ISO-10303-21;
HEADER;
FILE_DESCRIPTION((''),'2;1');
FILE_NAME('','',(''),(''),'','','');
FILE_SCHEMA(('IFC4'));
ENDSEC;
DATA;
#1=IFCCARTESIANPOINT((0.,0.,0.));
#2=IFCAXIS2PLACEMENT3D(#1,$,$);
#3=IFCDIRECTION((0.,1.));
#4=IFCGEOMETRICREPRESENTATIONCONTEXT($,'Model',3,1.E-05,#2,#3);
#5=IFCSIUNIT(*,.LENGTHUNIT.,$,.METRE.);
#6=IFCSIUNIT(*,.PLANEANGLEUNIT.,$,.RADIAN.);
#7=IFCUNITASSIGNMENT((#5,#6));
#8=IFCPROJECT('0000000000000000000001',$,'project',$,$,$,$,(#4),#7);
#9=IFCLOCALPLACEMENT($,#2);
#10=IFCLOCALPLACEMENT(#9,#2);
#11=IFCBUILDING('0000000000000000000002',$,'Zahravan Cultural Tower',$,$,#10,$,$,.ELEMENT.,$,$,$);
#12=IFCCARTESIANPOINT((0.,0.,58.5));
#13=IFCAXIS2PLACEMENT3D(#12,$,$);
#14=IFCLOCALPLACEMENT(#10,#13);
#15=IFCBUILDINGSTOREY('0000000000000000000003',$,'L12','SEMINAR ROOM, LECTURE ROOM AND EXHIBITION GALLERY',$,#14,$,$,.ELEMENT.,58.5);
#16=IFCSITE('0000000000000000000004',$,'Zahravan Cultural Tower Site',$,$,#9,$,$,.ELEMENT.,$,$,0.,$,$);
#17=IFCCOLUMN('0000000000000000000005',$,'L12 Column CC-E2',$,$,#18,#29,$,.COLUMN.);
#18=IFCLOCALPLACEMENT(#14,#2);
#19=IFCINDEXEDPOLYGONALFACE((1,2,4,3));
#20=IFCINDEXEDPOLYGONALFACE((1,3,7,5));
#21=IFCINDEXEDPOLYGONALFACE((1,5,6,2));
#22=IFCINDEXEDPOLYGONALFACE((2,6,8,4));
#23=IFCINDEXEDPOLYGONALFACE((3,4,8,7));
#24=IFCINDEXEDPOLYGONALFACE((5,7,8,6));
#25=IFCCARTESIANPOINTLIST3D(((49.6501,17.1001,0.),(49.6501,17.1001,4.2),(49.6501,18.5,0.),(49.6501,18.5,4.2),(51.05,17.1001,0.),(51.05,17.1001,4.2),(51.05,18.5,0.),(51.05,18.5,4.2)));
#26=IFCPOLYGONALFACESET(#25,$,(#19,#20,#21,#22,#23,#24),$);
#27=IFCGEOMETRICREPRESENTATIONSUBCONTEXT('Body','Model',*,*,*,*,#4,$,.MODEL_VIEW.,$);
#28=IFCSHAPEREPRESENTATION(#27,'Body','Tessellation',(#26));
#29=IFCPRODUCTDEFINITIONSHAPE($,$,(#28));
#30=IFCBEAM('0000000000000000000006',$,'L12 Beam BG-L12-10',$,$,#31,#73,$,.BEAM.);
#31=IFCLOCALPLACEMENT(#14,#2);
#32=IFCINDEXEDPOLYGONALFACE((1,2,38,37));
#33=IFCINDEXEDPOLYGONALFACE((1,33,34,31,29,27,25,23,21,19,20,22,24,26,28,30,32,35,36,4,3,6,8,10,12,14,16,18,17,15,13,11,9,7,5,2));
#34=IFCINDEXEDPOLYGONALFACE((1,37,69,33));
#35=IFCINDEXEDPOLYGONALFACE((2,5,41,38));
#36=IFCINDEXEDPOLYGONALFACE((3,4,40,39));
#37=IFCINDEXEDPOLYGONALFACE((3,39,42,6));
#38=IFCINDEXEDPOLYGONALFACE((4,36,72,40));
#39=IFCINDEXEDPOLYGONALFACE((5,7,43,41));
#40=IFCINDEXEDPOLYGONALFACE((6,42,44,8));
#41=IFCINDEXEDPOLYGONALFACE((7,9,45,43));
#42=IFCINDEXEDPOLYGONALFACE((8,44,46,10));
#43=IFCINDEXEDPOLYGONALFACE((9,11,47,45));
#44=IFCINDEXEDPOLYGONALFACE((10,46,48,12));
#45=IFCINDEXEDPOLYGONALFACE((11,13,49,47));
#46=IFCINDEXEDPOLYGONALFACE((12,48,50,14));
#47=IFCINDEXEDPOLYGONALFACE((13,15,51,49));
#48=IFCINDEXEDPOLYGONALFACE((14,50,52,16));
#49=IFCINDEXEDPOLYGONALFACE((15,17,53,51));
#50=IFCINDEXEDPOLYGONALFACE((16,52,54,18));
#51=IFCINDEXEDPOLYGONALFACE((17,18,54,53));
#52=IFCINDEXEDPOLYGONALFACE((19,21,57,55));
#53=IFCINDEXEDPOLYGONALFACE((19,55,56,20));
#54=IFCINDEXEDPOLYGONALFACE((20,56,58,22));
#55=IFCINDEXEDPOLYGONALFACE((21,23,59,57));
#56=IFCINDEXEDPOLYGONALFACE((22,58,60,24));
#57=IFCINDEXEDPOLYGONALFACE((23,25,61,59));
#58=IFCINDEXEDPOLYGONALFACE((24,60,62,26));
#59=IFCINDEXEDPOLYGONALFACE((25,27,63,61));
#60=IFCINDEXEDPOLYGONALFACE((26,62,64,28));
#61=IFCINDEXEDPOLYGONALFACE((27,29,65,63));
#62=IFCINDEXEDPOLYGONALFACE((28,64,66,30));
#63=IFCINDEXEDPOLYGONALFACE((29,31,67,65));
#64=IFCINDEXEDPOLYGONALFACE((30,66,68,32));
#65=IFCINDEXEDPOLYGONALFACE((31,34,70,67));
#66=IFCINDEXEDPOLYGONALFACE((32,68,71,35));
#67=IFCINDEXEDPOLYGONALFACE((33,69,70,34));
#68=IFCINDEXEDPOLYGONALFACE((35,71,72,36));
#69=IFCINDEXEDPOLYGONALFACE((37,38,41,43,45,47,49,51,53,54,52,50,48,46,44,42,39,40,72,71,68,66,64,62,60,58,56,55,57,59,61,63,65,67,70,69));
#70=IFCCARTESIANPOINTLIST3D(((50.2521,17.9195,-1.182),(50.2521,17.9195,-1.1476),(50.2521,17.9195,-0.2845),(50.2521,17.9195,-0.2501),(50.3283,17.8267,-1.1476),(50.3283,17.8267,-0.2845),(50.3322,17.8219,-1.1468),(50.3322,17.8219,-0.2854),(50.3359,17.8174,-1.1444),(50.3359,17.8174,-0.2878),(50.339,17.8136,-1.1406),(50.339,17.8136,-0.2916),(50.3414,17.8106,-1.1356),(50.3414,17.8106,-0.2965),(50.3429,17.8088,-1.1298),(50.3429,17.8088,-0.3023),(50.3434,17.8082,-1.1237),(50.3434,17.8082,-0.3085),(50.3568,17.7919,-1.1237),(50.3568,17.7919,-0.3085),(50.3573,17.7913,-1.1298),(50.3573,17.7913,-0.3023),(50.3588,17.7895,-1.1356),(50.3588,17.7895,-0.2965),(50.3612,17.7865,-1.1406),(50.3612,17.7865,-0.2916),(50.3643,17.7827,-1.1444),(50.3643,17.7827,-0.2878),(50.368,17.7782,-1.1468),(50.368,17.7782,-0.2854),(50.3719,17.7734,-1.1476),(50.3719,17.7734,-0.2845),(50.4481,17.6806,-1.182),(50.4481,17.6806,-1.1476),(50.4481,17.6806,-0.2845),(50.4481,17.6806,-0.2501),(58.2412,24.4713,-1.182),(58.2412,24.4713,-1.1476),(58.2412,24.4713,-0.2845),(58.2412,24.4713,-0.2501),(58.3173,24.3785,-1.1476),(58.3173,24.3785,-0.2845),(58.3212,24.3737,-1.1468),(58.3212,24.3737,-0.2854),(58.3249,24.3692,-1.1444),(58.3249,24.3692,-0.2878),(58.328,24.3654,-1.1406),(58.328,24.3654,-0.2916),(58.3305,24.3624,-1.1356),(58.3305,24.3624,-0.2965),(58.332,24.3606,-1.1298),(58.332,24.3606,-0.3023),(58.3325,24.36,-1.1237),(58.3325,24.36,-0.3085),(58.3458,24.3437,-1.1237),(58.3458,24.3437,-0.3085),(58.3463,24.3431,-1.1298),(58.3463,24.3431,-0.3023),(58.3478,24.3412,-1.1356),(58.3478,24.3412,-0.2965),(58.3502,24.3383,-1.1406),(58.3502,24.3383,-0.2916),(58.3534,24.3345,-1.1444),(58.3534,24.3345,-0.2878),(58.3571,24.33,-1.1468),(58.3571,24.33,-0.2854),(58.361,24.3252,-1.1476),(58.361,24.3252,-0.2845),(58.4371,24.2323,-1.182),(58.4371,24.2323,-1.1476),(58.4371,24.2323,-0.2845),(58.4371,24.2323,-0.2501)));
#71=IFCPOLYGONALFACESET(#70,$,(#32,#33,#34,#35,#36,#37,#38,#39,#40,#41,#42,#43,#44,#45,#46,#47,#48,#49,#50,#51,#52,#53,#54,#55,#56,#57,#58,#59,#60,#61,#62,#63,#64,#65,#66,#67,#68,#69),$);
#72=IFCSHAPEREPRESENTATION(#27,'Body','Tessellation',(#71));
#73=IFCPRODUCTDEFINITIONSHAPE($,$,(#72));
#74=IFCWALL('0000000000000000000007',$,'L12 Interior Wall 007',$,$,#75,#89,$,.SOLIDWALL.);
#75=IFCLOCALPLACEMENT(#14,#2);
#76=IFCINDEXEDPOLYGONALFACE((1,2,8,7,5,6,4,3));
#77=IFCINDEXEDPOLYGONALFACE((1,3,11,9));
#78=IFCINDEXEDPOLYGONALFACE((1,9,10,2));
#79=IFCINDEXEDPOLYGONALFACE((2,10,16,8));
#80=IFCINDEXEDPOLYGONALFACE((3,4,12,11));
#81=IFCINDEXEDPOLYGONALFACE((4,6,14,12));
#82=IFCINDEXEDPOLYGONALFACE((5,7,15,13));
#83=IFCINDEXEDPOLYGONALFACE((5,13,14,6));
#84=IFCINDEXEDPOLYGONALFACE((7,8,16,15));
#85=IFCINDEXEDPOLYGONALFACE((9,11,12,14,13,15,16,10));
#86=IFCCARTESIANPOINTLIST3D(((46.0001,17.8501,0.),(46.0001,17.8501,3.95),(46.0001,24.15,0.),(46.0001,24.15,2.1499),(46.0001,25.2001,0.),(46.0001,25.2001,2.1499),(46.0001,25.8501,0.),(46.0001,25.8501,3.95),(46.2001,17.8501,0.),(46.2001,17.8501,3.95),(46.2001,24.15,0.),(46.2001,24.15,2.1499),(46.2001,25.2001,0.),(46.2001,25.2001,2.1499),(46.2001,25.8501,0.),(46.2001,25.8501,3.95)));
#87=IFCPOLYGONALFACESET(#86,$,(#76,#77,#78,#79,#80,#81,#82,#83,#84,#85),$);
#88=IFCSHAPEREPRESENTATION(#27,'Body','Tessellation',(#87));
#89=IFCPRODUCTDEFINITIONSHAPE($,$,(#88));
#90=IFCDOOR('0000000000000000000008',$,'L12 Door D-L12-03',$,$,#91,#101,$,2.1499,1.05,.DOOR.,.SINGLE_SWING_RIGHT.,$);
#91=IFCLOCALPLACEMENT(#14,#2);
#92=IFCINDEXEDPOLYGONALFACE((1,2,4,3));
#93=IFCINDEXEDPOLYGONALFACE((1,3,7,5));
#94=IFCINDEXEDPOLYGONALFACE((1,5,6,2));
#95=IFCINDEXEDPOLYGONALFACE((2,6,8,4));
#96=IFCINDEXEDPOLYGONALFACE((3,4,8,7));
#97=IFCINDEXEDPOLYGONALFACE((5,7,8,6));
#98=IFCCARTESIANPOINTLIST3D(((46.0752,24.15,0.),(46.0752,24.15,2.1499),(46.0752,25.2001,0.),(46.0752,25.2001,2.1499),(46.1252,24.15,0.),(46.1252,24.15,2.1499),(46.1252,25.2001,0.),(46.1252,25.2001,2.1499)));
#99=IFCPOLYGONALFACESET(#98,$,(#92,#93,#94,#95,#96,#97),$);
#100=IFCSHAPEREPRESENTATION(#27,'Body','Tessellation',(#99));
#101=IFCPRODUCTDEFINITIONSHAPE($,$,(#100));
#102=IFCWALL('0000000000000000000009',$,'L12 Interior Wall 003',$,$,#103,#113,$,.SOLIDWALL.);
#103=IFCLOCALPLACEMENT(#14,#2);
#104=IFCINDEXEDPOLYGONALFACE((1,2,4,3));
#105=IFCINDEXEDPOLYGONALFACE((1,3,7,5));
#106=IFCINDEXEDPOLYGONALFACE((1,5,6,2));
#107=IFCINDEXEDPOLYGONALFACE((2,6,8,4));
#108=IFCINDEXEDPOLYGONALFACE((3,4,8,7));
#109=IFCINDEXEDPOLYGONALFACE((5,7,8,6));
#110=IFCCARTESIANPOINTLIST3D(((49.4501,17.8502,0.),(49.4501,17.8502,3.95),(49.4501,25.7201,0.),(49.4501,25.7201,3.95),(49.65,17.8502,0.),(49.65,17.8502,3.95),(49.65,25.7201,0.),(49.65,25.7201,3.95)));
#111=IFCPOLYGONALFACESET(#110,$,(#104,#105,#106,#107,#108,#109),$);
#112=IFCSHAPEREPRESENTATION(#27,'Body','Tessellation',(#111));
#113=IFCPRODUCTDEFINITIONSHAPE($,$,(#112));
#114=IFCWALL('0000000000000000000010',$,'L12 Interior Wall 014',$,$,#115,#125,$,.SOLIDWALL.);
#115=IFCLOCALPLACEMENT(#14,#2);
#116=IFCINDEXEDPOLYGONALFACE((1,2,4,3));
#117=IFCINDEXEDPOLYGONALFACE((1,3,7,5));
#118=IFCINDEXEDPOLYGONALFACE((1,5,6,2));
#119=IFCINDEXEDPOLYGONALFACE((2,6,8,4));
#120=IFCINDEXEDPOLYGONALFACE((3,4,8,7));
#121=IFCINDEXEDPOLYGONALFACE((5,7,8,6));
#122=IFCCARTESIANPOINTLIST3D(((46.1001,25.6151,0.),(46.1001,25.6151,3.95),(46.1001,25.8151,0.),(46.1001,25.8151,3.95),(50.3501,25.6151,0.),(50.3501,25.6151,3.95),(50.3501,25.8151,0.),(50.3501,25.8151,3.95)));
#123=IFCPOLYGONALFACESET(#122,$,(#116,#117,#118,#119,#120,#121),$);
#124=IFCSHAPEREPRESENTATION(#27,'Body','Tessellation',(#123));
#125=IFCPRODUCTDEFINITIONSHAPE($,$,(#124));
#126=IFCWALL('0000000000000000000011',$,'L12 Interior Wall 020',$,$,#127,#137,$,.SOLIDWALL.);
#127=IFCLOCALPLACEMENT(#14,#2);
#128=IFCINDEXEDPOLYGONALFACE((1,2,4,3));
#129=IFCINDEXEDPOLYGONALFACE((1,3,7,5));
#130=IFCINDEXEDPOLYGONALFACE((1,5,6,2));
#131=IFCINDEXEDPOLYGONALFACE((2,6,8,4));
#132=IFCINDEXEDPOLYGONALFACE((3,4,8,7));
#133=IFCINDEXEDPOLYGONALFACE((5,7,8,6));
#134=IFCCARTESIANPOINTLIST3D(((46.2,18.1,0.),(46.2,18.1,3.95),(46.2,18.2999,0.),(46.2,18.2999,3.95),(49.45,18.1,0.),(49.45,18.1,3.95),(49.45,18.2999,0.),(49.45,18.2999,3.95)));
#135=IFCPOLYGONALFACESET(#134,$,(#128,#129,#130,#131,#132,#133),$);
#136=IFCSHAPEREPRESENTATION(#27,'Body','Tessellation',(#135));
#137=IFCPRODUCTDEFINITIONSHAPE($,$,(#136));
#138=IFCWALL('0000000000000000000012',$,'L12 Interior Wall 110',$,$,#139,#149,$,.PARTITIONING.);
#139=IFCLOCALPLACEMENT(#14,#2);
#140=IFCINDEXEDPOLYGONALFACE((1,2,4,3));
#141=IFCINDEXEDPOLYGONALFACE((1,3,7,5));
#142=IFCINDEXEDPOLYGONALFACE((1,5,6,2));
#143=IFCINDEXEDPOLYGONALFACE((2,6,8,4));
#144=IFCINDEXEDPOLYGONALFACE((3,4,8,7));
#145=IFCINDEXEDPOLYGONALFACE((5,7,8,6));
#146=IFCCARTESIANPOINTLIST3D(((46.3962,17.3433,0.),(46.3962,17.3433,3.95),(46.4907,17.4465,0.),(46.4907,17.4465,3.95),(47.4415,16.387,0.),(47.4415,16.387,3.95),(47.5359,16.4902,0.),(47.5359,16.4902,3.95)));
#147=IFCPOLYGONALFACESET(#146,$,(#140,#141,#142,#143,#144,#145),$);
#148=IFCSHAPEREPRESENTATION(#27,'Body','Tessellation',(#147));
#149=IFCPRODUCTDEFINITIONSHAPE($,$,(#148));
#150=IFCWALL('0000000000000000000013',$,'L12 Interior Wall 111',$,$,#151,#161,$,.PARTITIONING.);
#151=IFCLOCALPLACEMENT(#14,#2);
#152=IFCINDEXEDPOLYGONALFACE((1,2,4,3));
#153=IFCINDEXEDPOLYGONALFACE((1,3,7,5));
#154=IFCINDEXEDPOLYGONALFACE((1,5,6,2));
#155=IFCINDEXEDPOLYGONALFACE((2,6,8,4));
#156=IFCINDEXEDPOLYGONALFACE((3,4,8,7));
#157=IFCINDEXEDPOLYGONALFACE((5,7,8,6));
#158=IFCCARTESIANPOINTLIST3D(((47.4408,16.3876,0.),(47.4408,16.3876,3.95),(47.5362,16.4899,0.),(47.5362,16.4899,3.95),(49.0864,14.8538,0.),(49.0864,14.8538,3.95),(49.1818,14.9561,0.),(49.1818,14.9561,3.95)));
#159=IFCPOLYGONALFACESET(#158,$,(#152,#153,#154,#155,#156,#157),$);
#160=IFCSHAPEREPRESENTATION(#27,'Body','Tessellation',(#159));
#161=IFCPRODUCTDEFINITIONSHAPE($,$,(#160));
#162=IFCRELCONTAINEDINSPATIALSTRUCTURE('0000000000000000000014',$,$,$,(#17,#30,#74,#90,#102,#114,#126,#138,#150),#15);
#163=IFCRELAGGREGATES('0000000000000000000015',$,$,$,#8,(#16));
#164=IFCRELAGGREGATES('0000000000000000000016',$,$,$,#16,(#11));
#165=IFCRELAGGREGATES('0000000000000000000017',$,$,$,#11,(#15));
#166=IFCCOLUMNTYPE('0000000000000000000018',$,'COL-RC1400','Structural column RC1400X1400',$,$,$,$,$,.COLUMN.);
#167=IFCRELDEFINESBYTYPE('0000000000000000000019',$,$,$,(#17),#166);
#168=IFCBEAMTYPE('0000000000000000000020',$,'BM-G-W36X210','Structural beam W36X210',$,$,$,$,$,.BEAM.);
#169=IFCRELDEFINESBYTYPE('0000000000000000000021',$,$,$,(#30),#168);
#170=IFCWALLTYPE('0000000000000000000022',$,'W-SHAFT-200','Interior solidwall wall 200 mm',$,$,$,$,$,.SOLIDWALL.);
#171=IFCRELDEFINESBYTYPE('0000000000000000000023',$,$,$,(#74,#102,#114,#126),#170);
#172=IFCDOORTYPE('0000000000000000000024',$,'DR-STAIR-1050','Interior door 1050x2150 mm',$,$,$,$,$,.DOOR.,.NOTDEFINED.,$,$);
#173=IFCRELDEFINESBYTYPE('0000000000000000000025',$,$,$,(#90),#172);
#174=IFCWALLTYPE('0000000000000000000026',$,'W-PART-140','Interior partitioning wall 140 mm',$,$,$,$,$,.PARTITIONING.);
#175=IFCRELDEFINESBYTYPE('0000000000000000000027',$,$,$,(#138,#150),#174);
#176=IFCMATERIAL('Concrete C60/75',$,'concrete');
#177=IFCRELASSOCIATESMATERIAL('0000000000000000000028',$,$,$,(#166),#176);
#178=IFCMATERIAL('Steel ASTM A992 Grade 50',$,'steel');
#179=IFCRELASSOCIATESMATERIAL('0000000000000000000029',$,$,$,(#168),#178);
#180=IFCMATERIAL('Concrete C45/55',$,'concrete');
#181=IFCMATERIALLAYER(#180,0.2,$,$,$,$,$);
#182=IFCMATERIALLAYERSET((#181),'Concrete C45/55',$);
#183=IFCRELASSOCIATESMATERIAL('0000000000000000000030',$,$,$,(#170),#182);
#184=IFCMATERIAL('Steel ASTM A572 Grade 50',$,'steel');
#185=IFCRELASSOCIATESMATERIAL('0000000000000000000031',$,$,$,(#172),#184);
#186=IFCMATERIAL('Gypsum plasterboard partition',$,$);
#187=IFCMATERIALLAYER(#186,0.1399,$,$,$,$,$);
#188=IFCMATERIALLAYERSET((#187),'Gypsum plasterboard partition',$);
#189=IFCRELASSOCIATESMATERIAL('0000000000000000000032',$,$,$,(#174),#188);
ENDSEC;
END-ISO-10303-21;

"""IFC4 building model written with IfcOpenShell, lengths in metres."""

from ifc_helpers import new_model, si_unit, direction, frame, frame_2d, origin, origin_2d, place, context, subcontext, project, spatial, rectangle, i_section, extrude, source, transform, mapped, material, layer, layer_set, material_profile, profile_set, type_object, element, fill, save


model = new_model("IFC4")

# Units and contexts
model_context = context("Model", 3, precision=1e-05, world=origin(), true_north=direction((0.0, 1.0)))
body_context = subcontext(model_context, "Body", "Model", "MODEL_VIEW")
ifc_project = project(units=[si_unit("LENGTHUNIT", "METRE"), si_unit("PLANEANGLEUNIT", "RADIAN")], contexts=[model_context])

# Site, building, storey
site_placement = place(None, origin())
site = spatial("IfcSite", under=ifc_project, at=site_placement, Name="Zahravan Cultural Tower Site", CompositionType="ELEMENT", RefElevation=0.0)
building_placement = place(site_placement, origin())
building = spatial("IfcBuilding", under=site, at=building_placement, Name="Zahravan Cultural Tower", CompositionType="ELEMENT")
storey_placement = place(building_placement, frame((0.0, 0.0, 58.5)))
storey = spatial("IfcBuildingStorey", under=building, at=storey_placement, Name="L12", Description="SEMINAR ROOM, LECTURE ROOM AND EXHIBITION GALLERY", CompositionType="ELEMENT", Elevation=58.5)

# Column
ifc_material_1 = material(Name="Concrete C60/75", Category="concrete")
ifc_material_profile_1 = material_profile(ifc_material_1, rectangle(XDim=1.3999, YDim=1.3999, at=origin_2d()), Name="RC1400X1400")
ifc_profile_set_1 = profile_set([ifc_material_profile_1], Name="Concrete C60/75")
column_type = type_object("IfcColumnType", Name="COL-RC1400", Description="Structural column RC1400X1400", PredefinedType="COLUMN", material=ifc_profile_set_1)
shared_shape_1 = source(origin(), body_context, "Body", "SweptSolid", [
    extrude(rectangle(XDim=1.3999, YDim=1.3999, at=origin_2d()), origin(), (0.0, 0.0, 1.0), 4.2),
])
column_placement = place(storey_placement, frame((50.3501, 17.8, 0.0), z_axis=(0.0, 0.0, 1.0), x_axis=(1.0, 0.0, 0.0)))
element("IfcColumn", 1, at=column_placement, inside=storey, type_object=column_type, Name="L12 Column CC-E2", PredefinedType="COLUMN", context=body_context, shape_type="MappedRepresentation", body=[
    mapped(shared_shape_1, transform((0.0, 0.0, 0.0), x_axis=(1.0, 0.0, 0.0), y_axis=(0.0, 1.0, 0.0), z_axis=(0.0, 0.0, 1.0), scale=1.0)),
])

# Beam
ifc_material_2 = material(Name="Steel ASTM A992 Grade 50", Category="steel")
ifc_material_profile_2 = material_profile(ifc_material_2, i_section(OverallWidth=0.3091, OverallDepth=0.9319, WebThickness=0.021, FlangeThickness=0.0344, FilletRadius=0.0239, at=origin_2d()), Name="W36X210")
ifc_profile_set_2 = profile_set([ifc_material_profile_2], Name="Steel ASTM A992 Grade 50")
beam_type = type_object("IfcBeamType", Name="BM-G-W36X210", Description="Structural beam W36X210", PredefinedType="BEAM", material=ifc_profile_set_2)
shared_shape_2 = source(origin(), body_context, "Body", "SweptSolid", [
    extrude(i_section(OverallWidth=0.3091, OverallDepth=0.9319, WebThickness=0.021, FlangeThickness=0.0344, FilletRadius=0.0239, at=origin_2d()), origin(), (0.0, 0.0, 1.0), 10.332),
])
beam_placement = place(storey_placement, frame((50.3501, 17.8, -0.7161), z_axis=(0.773231, 0.634124, 0.0), x_axis=(-0.634124, 0.773231, 0.0)))
element("IfcBeam", 2, at=beam_placement, inside=storey, type_object=beam_type, Name="L12 Beam BG-L12-10", PredefinedType="BEAM", context=body_context, shape_type="MappedRepresentation", body=[
    mapped(shared_shape_2, transform((0.0, 0.0, 0.0), x_axis=(1.0, 0.0, 0.0), y_axis=(0.0, 1.0, 0.0), z_axis=(0.0, 0.0, 1.0), scale=1.0)),
])

# Wall, opening, door
shared_shape_3 = source(origin(), body_context, "Body", "SweptSolid", [
    extrude(rectangle(XDim=1.05, YDim=2.1499, at=frame_2d((0.5249, 1.075))), frame((0.0, 0.0249, 0.0), z_axis=(0.0, -1.0, 0.0), x_axis=(1.0, 0.0, 0.0)), (0.0, 0.0, 1.0), 0.05),
])
ifc_material_3 = material(Name="Concrete C45/55", Category="concrete")
ifc_layer_1 = layer(ifc_material_3, 0.2)
ifc_layer_set_1 = layer_set([ifc_layer_1], Name="Concrete C45/55")
wall_type_1 = type_object("IfcWallType", Name="W-SHAFT-200", Description="Interior solidwall wall 200 mm", PredefinedType="SOLIDWALL", material=ifc_layer_set_1)
wall_1_placement = place(storey_placement, frame((46.1001, 17.8501, 0.0), z_axis=(0.0, 0.0, 1.0), x_axis=(0.0, 1.0, 0.0)))
wall_1 = element("IfcWall", 3, at=wall_1_placement, inside=storey, type_object=wall_type_1, Name="L12 Interior Wall 007", PredefinedType="SOLIDWALL", context=body_context, shape_type="SweptSolid", body=[
    extrude(rectangle(XDim=8.0, YDim=0.2, at=frame_2d((4.0, 0.0))), origin(), (0.0, 0.0, 1.0), 3.95),
])
opening_1_placement = place(wall_1_placement, frame((6.3, 0.0, 0.0)))
opening_1 = element("IfcOpeningElement", 4, at=opening_1_placement, cuts=wall_1, PredefinedType="OPENING", context=body_context, shape_type="SweptSolid", body=[
    extrude(rectangle(XDim=1.05, YDim=2.1499, at=frame_2d((0.5249, 1.075))), frame((0.0, 0.1099, 0.0), z_axis=(0.0, -1.0, 0.0), x_axis=(1.0, 0.0, 0.0)), (0.0, 0.0, 1.0), 0.22),
])
ifc_material_4 = material(Name="Steel ASTM A572 Grade 50", Category="steel")
door_type_1 = type_object("IfcDoorType", Name="DR-STAIR-1050", Description="Interior door 1050x2150 mm", OperationType="NOTDEFINED", PredefinedType="DOOR", material=ifc_material_4)
door_1_placement = place(opening_1_placement, origin())
door_1 = element("IfcDoor", 5, at=door_1_placement, inside=storey, type_object=door_type_1, Name="L12 Door D-L12-03", OperationType="SINGLE_SWING_RIGHT", OverallHeight=2.1499, OverallWidth=1.05, PredefinedType="DOOR", context=body_context, shape_type="MappedRepresentation", body=[
    mapped(shared_shape_3, transform((0.0, 0.0, 0.0), x_axis=(1.0, 0.0, 0.0), y_axis=(0.0, 1.0, 0.0), z_axis=(0.0, 0.0, 1.0), scale=1.0)),
])
fill(opening_1, door_1)

# Walls
shared_shape_4 = source(origin(), body_context, "Body", "SweptSolid", [
    extrude(rectangle(XDim=7.8699, YDim=0.2, at=frame_2d((3.9351, 0.0))), origin(), (0.0, 0.0, 1.0), 3.95),
])
wall_2_placement = place(storey_placement, frame((49.55, 17.8501, 0.0), z_axis=(0.0, 0.0, 1.0), x_axis=(0.0, 1.0, 0.0)))
element("IfcWall", 6, at=wall_2_placement, inside=storey, type_object=wall_type_1, Name="L12 Interior Wall 003", PredefinedType="SOLIDWALL", context=body_context, shape_type="MappedRepresentation", body=[
    mapped(shared_shape_4, transform((0.0, 0.0, 0.0), x_axis=(1.0, 0.0, 0.0), y_axis=(0.0, 1.0, 0.0), z_axis=(0.0, 0.0, 1.0), scale=1.0)),
])
shared_shape_5 = source(origin(), body_context, "Body", "SweptSolid", [
    extrude(rectangle(XDim=4.25, YDim=0.2, at=frame_2d((2.125, 0.0))), origin(), (0.0, 0.0, 1.0), 3.95),
])
wall_3_placement = place(storey_placement, frame((46.1001, 25.7151, 0.0), z_axis=(0.0, 0.0, 1.0), x_axis=(1.0, 0.0, 0.0)))
element("IfcWall", 7, at=wall_3_placement, inside=storey, type_object=wall_type_1, Name="L12 Interior Wall 014", PredefinedType="SOLIDWALL", context=body_context, shape_type="MappedRepresentation", body=[
    mapped(shared_shape_5, transform((0.0, 0.0, 0.0), x_axis=(1.0, 0.0, 0.0), y_axis=(0.0, 1.0, 0.0), z_axis=(0.0, 0.0, 1.0), scale=1.0)),
])
shared_shape_6 = source(origin(), body_context, "Body", "SweptSolid", [
    extrude(rectangle(XDim=3.25, YDim=0.2, at=frame_2d((1.625, 0.0))), origin(), (0.0, 0.0, 1.0), 3.95),
])
wall_4_placement = place(storey_placement, frame((46.2, 18.2, 0.0), z_axis=(0.0, 0.0, 1.0), x_axis=(1.0, 0.0, 0.0)))
element("IfcWall", 8, at=wall_4_placement, inside=storey, type_object=wall_type_1, Name="L12 Interior Wall 020", PredefinedType="SOLIDWALL", context=body_context, shape_type="MappedRepresentation", body=[
    mapped(shared_shape_6, transform((0.0, 0.0, 0.0), x_axis=(1.0, 0.0, 0.0), y_axis=(0.0, 1.0, 0.0), z_axis=(0.0, 0.0, 1.0), scale=1.0)),
])
ifc_material_5 = material(Name="Gypsum plasterboard partition")
ifc_layer_2 = layer(ifc_material_5, 0.1399)
ifc_layer_set_2 = layer_set([ifc_layer_2], Name="Gypsum plasterboard partition")
wall_type_2 = type_object("IfcWallType", Name="W-PART-140", Description="Interior partitioning wall 140 mm", PredefinedType="PARTITIONING", material=ifc_layer_set_2)
shared_shape_7 = source(origin(), body_context, "Body", "SweptSolid", [
    extrude(rectangle(XDim=1.4167, YDim=0.1399, at=frame_2d((0.7085, 0.0))), origin(), (0.0, 0.0, 1.0), 3.95),
])
wall_5_placement = place(storey_placement, frame((46.4434, 17.395, 0.0), z_axis=(0.0, 0.0, 1.0), x_axis=(0.737776, -0.675045, 0.0)))
element("IfcWall", 9, at=wall_5_placement, inside=storey, type_object=wall_type_2, Name="L12 Interior Wall 110", PredefinedType="PARTITIONING", context=body_context, shape_type="MappedRepresentation", body=[
    mapped(shared_shape_7, transform((0.0, 0.0, 0.0), x_axis=(1.0, 0.0, 0.0), y_axis=(0.0, 1.0, 0.0), z_axis=(0.0, 0.0, 1.0), scale=1.0)),
])
shared_shape_8 = source(origin(), body_context, "Body", "SweptSolid", [
    extrude(rectangle(XDim=2.2495, YDim=0.1399, at=frame_2d((1.1248, 0.0))), origin(), (0.0, 0.0, 1.0), 3.95),
])
wall_6_placement = place(storey_placement, frame((47.4885, 16.4387, 0.0), z_axis=(0.0, 0.0, 1.0), x_axis=(0.731524, -0.681815, 0.0)))
element("IfcWall", 10, at=wall_6_placement, inside=storey, type_object=wall_type_2, Name="L12 Interior Wall 111", PredefinedType="PARTITIONING", context=body_context, shape_type="MappedRepresentation", body=[
    mapped(shared_shape_8, transform((0.0, 0.0, 0.0), x_axis=(1.0, 0.0, 0.0), y_axis=(0.0, 1.0, 0.0), z_axis=(0.0, 0.0, 1.0), scale=1.0)),
])

save(model, "model.ifc")
